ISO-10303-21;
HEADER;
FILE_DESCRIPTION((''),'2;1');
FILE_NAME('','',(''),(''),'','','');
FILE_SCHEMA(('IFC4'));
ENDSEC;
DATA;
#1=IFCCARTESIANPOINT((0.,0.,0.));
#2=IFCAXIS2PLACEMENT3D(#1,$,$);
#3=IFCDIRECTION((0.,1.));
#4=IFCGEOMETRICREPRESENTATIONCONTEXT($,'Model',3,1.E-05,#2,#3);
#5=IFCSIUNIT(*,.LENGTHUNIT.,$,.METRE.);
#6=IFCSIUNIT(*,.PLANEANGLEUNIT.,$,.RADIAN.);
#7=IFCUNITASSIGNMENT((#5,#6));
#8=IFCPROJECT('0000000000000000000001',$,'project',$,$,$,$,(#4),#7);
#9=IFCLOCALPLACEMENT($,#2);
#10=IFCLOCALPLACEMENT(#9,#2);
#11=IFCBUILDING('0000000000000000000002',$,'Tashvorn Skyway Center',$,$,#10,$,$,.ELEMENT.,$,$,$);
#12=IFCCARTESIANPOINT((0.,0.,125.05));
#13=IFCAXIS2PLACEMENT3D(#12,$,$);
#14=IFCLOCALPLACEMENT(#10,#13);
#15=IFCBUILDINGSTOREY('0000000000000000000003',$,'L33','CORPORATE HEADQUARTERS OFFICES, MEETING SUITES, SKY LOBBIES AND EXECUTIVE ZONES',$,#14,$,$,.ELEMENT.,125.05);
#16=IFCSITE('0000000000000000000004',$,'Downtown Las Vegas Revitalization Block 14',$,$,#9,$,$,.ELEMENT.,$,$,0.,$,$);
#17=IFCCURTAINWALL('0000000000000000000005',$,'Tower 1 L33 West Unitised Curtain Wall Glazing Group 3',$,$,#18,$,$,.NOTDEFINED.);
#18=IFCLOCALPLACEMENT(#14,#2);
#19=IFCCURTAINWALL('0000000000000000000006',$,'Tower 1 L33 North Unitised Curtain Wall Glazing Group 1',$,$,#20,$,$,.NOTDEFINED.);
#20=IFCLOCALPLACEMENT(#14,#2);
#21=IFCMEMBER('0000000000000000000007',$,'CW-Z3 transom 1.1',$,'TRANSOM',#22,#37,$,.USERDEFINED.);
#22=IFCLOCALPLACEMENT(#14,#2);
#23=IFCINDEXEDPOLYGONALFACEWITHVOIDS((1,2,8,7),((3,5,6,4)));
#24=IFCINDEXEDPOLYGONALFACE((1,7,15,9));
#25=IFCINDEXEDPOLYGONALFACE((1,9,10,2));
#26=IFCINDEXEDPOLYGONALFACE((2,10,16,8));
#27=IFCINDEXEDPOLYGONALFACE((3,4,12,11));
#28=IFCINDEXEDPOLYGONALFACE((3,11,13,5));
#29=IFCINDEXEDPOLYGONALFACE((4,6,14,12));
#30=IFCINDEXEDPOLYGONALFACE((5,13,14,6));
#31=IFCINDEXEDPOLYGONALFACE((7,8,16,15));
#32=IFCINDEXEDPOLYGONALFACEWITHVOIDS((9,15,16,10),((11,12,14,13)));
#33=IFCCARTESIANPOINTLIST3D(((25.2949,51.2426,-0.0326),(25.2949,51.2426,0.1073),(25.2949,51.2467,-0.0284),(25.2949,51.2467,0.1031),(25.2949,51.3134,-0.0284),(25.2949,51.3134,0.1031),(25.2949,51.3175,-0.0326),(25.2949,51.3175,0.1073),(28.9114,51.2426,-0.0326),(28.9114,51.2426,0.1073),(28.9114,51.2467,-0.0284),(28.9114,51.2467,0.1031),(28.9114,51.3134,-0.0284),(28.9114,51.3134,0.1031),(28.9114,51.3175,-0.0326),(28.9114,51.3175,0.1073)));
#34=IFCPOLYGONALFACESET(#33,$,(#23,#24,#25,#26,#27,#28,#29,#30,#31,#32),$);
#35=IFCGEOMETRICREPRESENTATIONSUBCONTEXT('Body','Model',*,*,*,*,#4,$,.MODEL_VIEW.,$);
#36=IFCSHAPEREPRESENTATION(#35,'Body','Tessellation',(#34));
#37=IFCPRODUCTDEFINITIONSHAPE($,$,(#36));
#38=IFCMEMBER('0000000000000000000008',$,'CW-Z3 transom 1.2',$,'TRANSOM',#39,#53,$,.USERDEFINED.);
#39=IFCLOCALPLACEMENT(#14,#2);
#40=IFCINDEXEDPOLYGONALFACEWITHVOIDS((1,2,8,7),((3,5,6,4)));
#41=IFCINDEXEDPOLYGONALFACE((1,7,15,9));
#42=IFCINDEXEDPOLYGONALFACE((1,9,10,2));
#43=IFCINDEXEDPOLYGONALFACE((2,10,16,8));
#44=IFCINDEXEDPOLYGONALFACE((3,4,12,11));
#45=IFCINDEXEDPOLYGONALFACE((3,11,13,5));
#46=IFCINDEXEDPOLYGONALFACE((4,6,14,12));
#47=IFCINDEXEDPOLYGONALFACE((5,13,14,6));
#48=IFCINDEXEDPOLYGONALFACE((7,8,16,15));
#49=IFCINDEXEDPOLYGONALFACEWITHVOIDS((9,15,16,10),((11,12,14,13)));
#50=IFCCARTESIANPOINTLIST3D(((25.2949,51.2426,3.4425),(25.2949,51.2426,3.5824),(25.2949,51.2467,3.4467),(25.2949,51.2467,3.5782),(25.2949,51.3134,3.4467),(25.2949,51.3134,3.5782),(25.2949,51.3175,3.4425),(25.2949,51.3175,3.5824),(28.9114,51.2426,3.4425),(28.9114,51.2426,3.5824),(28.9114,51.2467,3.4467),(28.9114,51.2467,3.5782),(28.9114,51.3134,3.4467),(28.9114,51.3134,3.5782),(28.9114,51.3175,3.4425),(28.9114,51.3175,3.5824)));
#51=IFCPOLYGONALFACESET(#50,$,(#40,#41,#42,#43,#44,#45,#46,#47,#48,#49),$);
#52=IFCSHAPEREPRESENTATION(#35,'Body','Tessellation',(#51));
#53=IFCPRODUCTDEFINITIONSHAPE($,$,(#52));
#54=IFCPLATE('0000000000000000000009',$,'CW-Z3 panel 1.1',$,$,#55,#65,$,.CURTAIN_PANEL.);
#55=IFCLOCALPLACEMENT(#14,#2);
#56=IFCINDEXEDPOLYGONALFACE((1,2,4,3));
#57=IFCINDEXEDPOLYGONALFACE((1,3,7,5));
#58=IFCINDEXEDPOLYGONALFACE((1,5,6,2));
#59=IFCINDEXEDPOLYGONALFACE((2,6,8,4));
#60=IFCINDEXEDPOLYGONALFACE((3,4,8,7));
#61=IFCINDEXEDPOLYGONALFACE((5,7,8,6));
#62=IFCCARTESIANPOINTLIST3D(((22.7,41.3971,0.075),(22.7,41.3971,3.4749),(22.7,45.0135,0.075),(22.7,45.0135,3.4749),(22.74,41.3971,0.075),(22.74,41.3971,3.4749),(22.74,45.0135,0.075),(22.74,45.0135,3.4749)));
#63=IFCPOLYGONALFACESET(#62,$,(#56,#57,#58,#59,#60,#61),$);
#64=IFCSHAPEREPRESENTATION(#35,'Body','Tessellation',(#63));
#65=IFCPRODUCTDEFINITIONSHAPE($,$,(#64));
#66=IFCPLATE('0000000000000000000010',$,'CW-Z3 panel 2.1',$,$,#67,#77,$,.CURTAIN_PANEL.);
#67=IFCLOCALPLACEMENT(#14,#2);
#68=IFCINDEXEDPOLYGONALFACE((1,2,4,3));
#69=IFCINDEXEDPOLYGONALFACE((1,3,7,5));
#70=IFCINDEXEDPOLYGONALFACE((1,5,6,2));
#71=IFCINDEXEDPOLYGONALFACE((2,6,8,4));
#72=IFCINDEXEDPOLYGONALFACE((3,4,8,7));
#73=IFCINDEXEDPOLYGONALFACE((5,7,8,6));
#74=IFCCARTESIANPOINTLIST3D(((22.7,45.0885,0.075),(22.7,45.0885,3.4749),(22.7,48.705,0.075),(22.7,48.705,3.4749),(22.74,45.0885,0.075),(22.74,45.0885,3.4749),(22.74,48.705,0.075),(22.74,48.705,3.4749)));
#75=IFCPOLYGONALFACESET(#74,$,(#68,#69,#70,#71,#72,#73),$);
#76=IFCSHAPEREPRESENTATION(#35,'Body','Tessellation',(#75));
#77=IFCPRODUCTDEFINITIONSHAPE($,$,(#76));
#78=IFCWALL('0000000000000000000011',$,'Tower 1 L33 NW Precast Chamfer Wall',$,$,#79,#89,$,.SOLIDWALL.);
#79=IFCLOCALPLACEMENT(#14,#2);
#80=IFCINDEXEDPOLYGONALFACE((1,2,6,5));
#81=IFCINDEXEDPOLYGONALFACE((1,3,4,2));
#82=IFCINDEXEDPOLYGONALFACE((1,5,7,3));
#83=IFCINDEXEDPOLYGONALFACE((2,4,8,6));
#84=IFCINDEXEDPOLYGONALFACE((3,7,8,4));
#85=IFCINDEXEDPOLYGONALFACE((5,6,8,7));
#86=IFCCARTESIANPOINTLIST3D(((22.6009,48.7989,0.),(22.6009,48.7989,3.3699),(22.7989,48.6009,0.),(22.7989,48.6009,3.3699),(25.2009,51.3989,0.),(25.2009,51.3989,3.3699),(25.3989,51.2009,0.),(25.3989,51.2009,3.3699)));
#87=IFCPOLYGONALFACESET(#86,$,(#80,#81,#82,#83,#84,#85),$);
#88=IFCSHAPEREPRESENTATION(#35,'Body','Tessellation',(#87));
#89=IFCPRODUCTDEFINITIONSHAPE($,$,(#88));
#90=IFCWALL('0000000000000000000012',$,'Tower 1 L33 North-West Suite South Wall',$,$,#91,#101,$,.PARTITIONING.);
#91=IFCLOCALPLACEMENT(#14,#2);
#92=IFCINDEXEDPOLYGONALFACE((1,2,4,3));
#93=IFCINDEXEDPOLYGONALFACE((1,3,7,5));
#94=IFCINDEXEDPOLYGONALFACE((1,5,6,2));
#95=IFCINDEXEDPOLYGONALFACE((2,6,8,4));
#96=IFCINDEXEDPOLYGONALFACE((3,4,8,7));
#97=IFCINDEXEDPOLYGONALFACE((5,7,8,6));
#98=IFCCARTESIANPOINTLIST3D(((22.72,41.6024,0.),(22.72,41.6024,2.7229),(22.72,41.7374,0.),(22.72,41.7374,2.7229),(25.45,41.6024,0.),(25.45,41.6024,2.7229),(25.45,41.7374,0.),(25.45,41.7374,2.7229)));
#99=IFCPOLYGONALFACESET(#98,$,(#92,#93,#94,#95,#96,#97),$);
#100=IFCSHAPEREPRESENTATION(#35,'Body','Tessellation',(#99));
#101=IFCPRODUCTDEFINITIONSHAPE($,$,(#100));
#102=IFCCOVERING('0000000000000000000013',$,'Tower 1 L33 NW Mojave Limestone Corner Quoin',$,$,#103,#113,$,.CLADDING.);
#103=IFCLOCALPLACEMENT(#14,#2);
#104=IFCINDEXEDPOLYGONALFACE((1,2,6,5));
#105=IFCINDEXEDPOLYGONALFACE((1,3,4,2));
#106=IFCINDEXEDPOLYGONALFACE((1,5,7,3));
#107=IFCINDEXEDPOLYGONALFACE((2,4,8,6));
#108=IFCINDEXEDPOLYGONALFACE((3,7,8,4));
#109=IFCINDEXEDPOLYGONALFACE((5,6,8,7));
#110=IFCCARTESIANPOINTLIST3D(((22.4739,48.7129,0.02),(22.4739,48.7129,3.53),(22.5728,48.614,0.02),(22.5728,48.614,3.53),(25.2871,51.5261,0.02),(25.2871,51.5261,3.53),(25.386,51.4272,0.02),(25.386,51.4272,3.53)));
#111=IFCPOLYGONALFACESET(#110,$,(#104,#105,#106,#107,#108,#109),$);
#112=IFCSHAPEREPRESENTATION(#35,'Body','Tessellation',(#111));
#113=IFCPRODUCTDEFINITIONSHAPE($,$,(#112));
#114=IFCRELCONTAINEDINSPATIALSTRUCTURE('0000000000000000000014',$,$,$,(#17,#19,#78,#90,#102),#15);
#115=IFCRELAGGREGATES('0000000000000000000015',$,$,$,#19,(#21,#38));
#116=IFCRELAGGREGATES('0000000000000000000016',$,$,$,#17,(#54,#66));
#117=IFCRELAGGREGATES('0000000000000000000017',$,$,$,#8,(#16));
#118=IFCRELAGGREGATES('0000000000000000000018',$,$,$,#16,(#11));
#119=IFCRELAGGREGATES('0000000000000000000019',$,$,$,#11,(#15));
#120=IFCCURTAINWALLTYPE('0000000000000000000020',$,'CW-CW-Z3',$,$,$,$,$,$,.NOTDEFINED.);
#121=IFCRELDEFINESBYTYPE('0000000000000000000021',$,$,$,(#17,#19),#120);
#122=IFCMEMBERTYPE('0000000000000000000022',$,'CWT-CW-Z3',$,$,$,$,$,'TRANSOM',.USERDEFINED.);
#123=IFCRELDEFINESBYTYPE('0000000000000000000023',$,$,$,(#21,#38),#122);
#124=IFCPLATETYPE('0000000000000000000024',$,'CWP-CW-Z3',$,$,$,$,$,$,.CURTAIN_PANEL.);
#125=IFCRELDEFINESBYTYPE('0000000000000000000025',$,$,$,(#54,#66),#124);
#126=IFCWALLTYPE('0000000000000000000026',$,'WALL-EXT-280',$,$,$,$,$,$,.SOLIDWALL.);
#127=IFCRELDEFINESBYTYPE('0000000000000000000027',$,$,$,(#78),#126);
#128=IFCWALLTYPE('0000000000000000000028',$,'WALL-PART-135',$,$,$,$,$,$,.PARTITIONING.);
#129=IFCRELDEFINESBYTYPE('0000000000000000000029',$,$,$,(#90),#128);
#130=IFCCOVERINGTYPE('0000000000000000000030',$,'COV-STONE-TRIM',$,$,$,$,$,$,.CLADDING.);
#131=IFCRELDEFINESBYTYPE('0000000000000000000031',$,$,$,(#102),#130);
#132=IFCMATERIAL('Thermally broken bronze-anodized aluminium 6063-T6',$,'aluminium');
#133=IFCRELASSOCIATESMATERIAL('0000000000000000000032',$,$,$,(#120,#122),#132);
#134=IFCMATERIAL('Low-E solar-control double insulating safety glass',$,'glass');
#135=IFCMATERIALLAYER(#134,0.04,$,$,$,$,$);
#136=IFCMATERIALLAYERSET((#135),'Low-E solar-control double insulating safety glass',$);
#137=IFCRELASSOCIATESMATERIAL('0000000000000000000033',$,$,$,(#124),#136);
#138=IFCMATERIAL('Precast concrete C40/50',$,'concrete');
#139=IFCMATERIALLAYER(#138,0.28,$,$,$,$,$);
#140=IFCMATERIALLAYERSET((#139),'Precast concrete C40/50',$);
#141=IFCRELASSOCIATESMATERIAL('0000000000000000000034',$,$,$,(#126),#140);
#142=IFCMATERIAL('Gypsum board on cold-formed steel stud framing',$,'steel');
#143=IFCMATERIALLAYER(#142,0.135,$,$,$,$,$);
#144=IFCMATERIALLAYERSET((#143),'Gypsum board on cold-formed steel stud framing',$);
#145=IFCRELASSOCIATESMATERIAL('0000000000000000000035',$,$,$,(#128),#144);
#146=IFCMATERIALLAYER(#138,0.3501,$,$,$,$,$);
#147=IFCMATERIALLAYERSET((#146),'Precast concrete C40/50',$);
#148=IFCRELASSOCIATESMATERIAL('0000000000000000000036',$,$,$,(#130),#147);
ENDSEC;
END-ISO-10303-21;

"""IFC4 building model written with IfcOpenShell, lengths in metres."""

from ifc_helpers import new_model, si_unit, direction, frame, frame_2d, origin, origin_2d, place, context, subcontext, project, spatial, rectangle, hollow_rectangle, extrude, material, layer, layer_set, material_profile, profile_set, type_object, element, aggregate, save


model = new_model("IFC4")

# Units and contexts
model_context = context("Model", 3, precision=1e-05, world=origin(), true_north=direction((0.0, 1.0)))
body_context = subcontext(model_context, "Body", "Model", "MODEL_VIEW")
ifc_project = project(units=[si_unit("LENGTHUNIT", "METRE"), si_unit("PLANEANGLEUNIT", "RADIAN")], contexts=[model_context])

# Site, building, storey
site_placement = place(None, origin())
site = spatial("IfcSite", under=ifc_project, at=site_placement, Name="Downtown Las Vegas Revitalization Block 14", CompositionType="ELEMENT", RefElevation=0.0)
building_placement = place(site_placement, origin())
building = spatial("IfcBuilding", under=site, at=building_placement, Name="Tashvorn Skyway Center", CompositionType="ELEMENT")
storey_placement = place(building_placement, frame((0.0, 0.0, 125.05)))
storey = spatial("IfcBuildingStorey", under=building, at=storey_placement, Name="L33", Description="CORPORATE HEADQUARTERS OFFICES, MEETING SUITES, SKY LOBBIES AND EXECUTIVE ZONES", CompositionType="ELEMENT", Elevation=125.05)

# Curtain wall
ifc_material_1 = material(Name="Thermally broken bronze-anodized aluminium 6063-T6", Category="aluminium")
curtain_wall_type = type_object("IfcCurtainWallType", Name="CW-CW-Z3", PredefinedType="NOTDEFINED", material=ifc_material_1)
curtain_wall_1_placement = place(storey_placement, origin())
curtain_wall_1 = element("IfcCurtainWall", 1, at=curtain_wall_1_placement, inside=storey, type_object=curtain_wall_type, Name="Tower 1 L33 West Unitised Curtain Wall Glazing Group 3", PredefinedType="NOTDEFINED")

# Curtain wall
curtain_wall_2_placement = place(storey_placement, origin())
curtain_wall_2 = element("IfcCurtainWall", 2, at=curtain_wall_2_placement, inside=storey, type_object=curtain_wall_type, Name="Tower 1 L33 North Unitised Curtain Wall Glazing Group 1", PredefinedType="NOTDEFINED")

# Members
ifc_material_profile_1 = material_profile(ifc_material_1, hollow_rectangle(XDim=0.075, YDim=0.1399, WallThickness=0.0042, at=origin_2d()), Name="ALU-TRAN-75x140")
ifc_profile_set_1 = profile_set([ifc_material_profile_1], Name="Thermally broken bronze-anodized aluminium 6063-T6")
member_type_1 = type_object("IfcMemberType", Name="CWT-CW-Z3", ElementType="TRANSOM", PredefinedType="USERDEFINED", material=ifc_profile_set_1)
member_1_placement = place(storey_placement, frame((25.2949, 51.28, 0.0374), z_axis=(1.0, 0.0, 0.0), x_axis=(0.0, 1.0, 0.0)))
member_1 = element("IfcMember", 3, at=member_1_placement, type_object=member_type_1, Name="CW-Z3 transom 1.1", ObjectType="TRANSOM", PredefinedType="USERDEFINED", context=body_context, shape_type="SweptSolid", body=[
    extrude(hollow_rectangle(XDim=0.075, YDim=0.1399, WallThickness=0.0042, at=origin_2d()), origin(), (0.0, 0.0, 1.0), 3.6165),
])
member_2_placement = place(storey_placement, frame((25.2949, 51.28, 3.5125), z_axis=(1.0, 0.0, 0.0), x_axis=(0.0, 1.0, 0.0)))
member_2 = element("IfcMember", 4, at=member_2_placement, type_object=member_type_1, Name="CW-Z3 transom 1.2", ObjectType="TRANSOM", PredefinedType="USERDEFINED", context=body_context, shape_type="SweptSolid", body=[
    extrude(hollow_rectangle(XDim=0.075, YDim=0.1399, WallThickness=0.0042, at=origin_2d()), origin(), (0.0, 0.0, 1.0), 3.6165),
])
aggregate(curtain_wall_2, [member_1, member_2])

# Plates
ifc_material_2 = material(Name="Low-E solar-control double insulating safety glass", Category="glass")
ifc_layer_1 = layer(ifc_material_2, 0.04)
ifc_layer_set_1 = layer_set([ifc_layer_1], Name="Low-E solar-control double insulating safety glass")
plate_type = type_object("IfcPlateType", Name="CWP-CW-Z3", PredefinedType="CURTAIN_PANEL", material=ifc_layer_set_1)
plate_1_placement = place(storey_placement, frame((22.72, 43.2053, 0.075), z_axis=(0.0, 0.0, 1.0), x_axis=(0.0, 1.0, 0.0)))
plate_1 = element("IfcPlate", 5, at=plate_1_placement, type_object=plate_type, Name="CW-Z3 panel 1.1", PredefinedType="CURTAIN_PANEL", context=body_context, shape_type="SweptSolid", body=[
    extrude(rectangle(XDim=3.6165, YDim=0.04, at=origin_2d()), origin(), (0.0, 0.0, 1.0), 3.3999),
])
plate_2_placement = place(storey_placement, frame((22.72, 46.8967, 0.075), z_axis=(0.0, 0.0, 1.0), x_axis=(0.0, 1.0, 0.0)))
plate_2 = element("IfcPlate", 6, at=plate_2_placement, type_object=plate_type, Name="CW-Z3 panel 2.1", PredefinedType="CURTAIN_PANEL", context=body_context, shape_type="SweptSolid", body=[
    extrude(rectangle(XDim=3.6165, YDim=0.04, at=origin_2d()), origin(), (0.0, 0.0, 1.0), 3.3999),
])
aggregate(curtain_wall_1, [plate_1, plate_2])

# Walls
ifc_material_3 = material(Name="Precast concrete C40/50", Category="concrete")
ifc_layer_2 = layer(ifc_material_3, 0.28)
ifc_layer_set_2 = layer_set([ifc_layer_2], Name="Precast concrete C40/50")
wall_type_1 = type_object("IfcWallType", Name="WALL-EXT-280", PredefinedType="SOLIDWALL", material=ifc_layer_set_2)
wall_1_placement = place(storey_placement, frame((22.7, 48.7, 0.0), z_axis=(0.0, 0.0, 1.0), x_axis=(0.707107, 0.707107, 0.0)))
element("IfcWall", 7, at=wall_1_placement, inside=storey, type_object=wall_type_1, Name="Tower 1 L33 NW Precast Chamfer Wall", PredefinedType="SOLIDWALL", context=body_context, shape_type="SweptSolid", body=[
    extrude(rectangle(XDim=3.677, YDim=0.28, at=frame_2d((1.8384, 0.0))), origin(), (0.0, 0.0, 1.0), 3.3699),
])
ifc_material_4 = material(Name="Gypsum board on cold-formed steel stud framing", Category="steel")
ifc_layer_3 = layer(ifc_material_4, 0.135)
ifc_layer_set_3 = layer_set([ifc_layer_3], Name="Gypsum board on cold-formed steel stud framing")
wall_type_2 = type_object("IfcWallType", Name="WALL-PART-135", PredefinedType="PARTITIONING", material=ifc_layer_set_3)
wall_2_placement = place(storey_placement, frame((22.72, 41.6699, 0.0), z_axis=(0.0, 0.0, 1.0), x_axis=(1.0, 0.0, 0.0)))
element("IfcWall", 8, at=wall_2_placement, inside=storey, type_object=wall_type_2, Name="Tower 1 L33 North-West Suite South Wall", PredefinedType="PARTITIONING", context=body_context, shape_type="SweptSolid", body=[
    extrude(rectangle(XDim=2.73, YDim=0.135, at=frame_2d((1.365, 0.0))), origin(), (0.0, 0.0, 1.0), 2.7229),
])

# Covering
ifc_layer_4 = layer(ifc_material_3, 0.3501)
ifc_layer_set_4 = layer_set([ifc_layer_4], Name="Precast concrete C40/50")
covering_type = type_object("IfcCoveringType", Name="COV-STONE-TRIM", PredefinedType="CLADDING", material=ifc_layer_set_4)
covering_placement = place(storey_placement, frame((23.9299, 50.0701, 0.02), z_axis=(0.0, 0.0, 1.0), x_axis=(-0.707107, -0.707107, 0.0)))
element("IfcCovering", 9, at=covering_placement, inside=storey, type_object=covering_type, Name="Tower 1 L33 NW Mojave Limestone Corner Quoin", PredefinedType="CLADDING", context=body_context, shape_type="SweptSolid", body=[
    extrude(rectangle(XDim=3.9785, YDim=0.1399, at=origin_2d()), origin(), (0.0, 0.0, 1.0), 3.51),
])

save(model, "model.ifc")
